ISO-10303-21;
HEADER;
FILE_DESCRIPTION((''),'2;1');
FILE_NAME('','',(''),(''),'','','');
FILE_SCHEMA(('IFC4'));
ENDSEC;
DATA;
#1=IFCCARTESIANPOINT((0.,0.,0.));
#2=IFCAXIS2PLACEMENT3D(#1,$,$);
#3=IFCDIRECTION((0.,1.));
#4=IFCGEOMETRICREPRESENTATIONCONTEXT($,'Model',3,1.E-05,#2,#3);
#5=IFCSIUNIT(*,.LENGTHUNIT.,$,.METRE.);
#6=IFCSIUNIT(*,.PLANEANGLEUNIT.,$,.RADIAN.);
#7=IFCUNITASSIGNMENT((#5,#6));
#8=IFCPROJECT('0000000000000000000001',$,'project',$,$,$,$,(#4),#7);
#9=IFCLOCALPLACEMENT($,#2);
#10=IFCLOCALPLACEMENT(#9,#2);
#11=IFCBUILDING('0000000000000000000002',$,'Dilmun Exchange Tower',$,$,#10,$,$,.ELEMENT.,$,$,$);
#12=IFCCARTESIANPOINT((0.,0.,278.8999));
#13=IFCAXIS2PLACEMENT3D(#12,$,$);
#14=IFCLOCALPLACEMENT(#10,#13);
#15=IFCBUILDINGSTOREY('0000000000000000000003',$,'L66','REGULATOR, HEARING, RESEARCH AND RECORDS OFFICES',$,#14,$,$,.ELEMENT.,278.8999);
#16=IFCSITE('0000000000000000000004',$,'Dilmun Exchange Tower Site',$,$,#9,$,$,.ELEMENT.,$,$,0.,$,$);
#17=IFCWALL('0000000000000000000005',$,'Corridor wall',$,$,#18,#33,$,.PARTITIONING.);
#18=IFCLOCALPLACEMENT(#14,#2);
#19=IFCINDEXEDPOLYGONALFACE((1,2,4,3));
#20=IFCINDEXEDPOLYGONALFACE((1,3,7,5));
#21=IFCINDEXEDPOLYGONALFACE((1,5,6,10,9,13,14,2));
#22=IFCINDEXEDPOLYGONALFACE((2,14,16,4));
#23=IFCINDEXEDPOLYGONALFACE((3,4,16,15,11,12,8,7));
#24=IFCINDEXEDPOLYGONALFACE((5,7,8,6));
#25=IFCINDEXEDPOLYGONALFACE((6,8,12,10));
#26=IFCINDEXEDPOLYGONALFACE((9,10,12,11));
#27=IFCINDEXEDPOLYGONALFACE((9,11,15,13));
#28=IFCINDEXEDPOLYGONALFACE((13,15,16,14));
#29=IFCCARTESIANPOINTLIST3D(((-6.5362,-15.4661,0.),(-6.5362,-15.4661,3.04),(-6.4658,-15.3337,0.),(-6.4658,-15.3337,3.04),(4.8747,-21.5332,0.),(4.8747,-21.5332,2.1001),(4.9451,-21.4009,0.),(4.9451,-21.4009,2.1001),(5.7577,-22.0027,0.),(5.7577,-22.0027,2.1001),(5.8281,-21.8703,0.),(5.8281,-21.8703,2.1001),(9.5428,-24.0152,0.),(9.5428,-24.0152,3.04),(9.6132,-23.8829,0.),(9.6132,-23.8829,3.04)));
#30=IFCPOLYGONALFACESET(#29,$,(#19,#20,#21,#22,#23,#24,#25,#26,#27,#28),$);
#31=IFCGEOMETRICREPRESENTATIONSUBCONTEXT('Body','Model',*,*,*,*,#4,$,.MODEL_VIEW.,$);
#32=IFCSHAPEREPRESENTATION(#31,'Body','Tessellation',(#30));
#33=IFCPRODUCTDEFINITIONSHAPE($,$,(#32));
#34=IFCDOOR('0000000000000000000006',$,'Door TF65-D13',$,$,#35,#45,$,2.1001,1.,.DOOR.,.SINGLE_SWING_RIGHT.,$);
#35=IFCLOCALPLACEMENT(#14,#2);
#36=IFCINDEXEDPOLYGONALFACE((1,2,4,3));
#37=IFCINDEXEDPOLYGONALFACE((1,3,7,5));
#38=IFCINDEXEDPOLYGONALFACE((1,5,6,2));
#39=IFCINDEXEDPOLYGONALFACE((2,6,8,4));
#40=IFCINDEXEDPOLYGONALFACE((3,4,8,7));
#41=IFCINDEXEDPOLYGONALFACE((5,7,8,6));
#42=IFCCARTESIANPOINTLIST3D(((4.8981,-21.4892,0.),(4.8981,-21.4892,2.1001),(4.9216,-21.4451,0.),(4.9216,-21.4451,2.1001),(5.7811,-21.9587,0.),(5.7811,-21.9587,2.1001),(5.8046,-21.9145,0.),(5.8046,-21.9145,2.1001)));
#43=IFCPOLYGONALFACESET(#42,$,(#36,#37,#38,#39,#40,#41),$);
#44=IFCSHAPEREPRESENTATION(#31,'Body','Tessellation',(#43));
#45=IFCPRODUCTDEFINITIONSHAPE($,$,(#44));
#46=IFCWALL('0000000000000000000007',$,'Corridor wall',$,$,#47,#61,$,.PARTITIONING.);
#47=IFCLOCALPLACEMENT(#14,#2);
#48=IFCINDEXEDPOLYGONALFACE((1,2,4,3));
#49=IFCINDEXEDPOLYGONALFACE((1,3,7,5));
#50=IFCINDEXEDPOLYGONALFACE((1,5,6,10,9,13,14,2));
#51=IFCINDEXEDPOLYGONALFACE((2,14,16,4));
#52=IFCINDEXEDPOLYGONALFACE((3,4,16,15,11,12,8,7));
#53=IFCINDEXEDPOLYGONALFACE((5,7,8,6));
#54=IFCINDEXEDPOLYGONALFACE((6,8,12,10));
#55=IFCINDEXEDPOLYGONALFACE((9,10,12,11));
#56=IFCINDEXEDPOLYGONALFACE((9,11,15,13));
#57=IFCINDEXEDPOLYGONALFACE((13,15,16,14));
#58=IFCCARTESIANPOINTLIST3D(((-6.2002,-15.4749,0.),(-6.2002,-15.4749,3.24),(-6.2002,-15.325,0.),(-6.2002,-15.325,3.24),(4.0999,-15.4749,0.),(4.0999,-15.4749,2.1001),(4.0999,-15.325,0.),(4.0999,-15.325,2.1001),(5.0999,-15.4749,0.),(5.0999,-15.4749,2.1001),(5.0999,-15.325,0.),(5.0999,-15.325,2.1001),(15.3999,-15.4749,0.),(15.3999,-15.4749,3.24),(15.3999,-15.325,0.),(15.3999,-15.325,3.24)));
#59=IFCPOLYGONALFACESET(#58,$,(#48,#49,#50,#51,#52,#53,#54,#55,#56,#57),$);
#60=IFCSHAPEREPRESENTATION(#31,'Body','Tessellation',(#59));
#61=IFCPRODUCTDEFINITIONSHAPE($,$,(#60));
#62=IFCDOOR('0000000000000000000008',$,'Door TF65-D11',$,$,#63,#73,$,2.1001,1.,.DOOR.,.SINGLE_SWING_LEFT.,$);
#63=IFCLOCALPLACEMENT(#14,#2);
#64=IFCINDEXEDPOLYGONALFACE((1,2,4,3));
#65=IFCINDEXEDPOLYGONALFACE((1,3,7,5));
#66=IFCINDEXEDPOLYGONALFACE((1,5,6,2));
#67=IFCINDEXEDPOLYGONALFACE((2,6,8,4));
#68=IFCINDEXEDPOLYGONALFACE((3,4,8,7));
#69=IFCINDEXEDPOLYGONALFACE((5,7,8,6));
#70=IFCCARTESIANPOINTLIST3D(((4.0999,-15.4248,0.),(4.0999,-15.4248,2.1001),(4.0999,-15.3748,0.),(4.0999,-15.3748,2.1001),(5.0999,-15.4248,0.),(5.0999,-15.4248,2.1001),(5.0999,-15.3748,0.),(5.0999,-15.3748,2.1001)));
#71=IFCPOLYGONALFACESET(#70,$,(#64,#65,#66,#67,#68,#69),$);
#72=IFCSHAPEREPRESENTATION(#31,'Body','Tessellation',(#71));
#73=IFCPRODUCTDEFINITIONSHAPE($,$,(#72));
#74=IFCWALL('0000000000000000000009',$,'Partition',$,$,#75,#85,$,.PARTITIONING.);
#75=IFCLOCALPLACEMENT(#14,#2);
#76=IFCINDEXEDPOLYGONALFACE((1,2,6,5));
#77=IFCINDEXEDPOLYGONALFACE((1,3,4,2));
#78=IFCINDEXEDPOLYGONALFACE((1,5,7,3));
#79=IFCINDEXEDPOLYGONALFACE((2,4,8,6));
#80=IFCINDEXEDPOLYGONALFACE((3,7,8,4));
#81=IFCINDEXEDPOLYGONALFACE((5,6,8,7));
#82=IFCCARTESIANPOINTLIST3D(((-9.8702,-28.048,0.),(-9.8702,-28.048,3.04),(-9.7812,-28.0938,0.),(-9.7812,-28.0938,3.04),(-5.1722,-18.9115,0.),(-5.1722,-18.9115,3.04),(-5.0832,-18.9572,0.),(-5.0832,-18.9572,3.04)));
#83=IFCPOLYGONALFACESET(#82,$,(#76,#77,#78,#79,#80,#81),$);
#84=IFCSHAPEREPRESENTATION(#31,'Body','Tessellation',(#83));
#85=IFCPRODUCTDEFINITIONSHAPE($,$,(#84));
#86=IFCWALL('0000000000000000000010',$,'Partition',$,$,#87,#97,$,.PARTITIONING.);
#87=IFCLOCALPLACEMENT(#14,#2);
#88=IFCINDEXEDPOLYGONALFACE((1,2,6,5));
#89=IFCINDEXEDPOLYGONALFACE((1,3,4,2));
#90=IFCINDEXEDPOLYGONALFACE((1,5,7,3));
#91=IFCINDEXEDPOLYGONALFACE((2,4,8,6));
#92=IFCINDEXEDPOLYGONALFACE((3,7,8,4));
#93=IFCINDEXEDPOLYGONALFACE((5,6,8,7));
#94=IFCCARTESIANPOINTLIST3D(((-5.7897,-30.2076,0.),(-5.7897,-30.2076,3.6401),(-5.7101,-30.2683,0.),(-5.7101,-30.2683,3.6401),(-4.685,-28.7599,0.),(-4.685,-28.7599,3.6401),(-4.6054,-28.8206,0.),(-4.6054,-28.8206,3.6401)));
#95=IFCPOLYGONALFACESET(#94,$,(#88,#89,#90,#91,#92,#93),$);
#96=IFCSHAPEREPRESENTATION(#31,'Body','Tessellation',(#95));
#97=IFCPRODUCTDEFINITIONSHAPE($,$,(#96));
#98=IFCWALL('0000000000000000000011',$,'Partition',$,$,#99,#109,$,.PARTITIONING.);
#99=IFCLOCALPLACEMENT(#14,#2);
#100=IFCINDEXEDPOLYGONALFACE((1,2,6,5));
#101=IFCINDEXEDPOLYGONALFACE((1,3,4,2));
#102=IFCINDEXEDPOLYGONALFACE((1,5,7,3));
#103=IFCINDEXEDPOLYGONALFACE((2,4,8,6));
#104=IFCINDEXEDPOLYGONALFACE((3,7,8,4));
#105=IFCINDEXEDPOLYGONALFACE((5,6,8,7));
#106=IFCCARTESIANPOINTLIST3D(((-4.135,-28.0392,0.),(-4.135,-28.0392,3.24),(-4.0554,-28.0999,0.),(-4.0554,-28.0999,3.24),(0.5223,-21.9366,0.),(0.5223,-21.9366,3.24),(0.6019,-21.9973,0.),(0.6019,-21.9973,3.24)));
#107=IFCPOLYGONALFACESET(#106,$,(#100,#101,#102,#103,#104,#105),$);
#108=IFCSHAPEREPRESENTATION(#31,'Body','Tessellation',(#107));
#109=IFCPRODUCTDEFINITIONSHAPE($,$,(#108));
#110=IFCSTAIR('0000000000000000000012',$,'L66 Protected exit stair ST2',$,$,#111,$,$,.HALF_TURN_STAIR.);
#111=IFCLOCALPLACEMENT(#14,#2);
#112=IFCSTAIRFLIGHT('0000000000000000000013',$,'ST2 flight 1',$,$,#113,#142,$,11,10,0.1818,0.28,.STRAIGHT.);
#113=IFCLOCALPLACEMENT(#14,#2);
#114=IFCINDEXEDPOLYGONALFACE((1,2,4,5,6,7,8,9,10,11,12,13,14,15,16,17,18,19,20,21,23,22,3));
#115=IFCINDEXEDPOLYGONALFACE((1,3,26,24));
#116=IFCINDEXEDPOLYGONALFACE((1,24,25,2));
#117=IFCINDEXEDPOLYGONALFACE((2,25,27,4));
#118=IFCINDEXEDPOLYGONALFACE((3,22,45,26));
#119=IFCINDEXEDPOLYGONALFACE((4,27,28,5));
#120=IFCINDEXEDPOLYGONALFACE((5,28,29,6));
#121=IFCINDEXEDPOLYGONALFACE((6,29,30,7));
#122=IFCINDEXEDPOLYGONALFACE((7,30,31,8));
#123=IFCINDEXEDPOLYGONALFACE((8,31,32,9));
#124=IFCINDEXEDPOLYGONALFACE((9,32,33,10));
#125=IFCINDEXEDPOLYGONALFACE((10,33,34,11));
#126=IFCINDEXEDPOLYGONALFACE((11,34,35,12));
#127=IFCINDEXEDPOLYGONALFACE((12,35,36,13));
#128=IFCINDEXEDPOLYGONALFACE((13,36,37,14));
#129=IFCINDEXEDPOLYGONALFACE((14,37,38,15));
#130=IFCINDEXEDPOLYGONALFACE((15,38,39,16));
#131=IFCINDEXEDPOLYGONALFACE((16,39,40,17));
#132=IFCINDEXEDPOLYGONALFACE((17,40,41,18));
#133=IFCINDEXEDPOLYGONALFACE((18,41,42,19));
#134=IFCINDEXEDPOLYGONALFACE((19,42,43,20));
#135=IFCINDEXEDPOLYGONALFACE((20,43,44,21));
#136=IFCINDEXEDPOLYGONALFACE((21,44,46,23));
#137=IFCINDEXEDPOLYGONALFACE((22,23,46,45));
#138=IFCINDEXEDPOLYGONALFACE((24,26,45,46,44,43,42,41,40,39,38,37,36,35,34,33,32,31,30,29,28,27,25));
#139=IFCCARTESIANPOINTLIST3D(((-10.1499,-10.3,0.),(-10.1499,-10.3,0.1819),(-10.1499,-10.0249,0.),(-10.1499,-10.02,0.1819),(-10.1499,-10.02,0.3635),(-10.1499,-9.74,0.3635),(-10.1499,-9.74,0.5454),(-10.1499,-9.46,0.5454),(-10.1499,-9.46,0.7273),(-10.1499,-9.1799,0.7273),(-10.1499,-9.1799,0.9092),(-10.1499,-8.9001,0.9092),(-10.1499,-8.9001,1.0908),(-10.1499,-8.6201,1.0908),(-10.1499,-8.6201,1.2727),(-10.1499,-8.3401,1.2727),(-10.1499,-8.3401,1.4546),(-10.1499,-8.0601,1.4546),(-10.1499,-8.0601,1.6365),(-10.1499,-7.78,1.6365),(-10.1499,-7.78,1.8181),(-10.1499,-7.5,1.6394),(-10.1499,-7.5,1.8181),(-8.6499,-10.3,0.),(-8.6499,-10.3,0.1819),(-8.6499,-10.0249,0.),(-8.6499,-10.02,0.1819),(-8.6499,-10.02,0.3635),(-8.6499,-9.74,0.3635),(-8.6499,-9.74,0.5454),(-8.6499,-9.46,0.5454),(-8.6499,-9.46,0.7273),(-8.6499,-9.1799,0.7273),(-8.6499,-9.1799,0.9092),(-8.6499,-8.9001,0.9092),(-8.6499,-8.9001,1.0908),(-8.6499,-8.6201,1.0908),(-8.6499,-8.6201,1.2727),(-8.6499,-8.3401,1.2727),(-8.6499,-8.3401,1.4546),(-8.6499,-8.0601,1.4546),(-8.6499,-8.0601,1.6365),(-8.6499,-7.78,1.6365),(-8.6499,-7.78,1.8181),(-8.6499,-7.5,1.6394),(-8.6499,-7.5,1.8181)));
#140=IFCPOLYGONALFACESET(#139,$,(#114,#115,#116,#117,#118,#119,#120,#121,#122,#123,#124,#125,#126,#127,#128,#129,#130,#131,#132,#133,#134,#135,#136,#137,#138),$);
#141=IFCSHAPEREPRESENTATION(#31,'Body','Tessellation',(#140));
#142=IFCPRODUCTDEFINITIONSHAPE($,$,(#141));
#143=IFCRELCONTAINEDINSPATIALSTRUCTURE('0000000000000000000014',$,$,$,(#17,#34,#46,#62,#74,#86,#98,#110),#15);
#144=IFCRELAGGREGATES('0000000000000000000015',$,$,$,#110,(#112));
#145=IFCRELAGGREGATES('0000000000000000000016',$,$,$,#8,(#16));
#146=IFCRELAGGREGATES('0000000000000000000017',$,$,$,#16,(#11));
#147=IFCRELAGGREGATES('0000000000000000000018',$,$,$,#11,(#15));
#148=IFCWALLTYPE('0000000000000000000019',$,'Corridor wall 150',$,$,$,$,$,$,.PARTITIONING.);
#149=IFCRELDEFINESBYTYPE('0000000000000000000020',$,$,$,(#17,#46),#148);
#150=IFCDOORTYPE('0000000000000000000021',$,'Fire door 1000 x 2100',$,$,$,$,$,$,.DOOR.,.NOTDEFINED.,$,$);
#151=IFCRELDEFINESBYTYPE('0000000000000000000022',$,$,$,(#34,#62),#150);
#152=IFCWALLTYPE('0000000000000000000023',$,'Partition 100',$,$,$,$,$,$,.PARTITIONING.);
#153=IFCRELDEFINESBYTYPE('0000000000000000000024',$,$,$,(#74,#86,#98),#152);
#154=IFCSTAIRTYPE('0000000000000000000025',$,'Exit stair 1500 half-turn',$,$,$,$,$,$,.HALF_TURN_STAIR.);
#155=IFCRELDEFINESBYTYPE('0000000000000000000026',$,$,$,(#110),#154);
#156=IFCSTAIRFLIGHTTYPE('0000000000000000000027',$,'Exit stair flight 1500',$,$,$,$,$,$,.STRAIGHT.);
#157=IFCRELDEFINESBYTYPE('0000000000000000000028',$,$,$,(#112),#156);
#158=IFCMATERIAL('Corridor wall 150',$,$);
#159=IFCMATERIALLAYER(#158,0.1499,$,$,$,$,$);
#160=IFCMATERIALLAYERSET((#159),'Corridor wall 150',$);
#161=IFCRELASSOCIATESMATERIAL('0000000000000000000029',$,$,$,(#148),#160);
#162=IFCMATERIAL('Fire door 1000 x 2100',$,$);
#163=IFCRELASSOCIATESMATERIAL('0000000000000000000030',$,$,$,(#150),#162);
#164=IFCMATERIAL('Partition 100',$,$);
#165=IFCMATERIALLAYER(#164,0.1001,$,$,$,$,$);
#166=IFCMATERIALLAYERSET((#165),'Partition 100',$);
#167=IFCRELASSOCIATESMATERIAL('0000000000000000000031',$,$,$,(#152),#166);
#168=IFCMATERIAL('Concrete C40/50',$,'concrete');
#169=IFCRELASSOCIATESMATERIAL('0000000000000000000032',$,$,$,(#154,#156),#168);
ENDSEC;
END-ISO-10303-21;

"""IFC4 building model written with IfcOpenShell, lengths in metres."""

from ifc_helpers import new_model, si_unit, direction, frame, frame_2d, origin, place, context, subcontext, project, spatial, polyline, rectangle, outline, extrude, material, layer, layer_set, type_object, element, fill, aggregate, save


model = new_model("IFC4")

# Units and contexts
model_context = context("Model", 3, precision=1e-05, world=origin(), true_north=direction((0.0, 1.0)))
body_context = subcontext(model_context, "Body", "Model", "MODEL_VIEW")
ifc_project = project(units=[si_unit("LENGTHUNIT", "METRE"), si_unit("PLANEANGLEUNIT", "RADIAN")], contexts=[model_context])

# Site, building, storey
site_placement = place(None, origin())
site = spatial("IfcSite", under=ifc_project, at=site_placement, Name="Dilmun Exchange Tower Site", CompositionType="ELEMENT", RefElevation=0.0)
building_placement = place(site_placement, origin())
building = spatial("IfcBuilding", under=site, at=building_placement, Name="Dilmun Exchange Tower", CompositionType="ELEMENT")
storey_placement = place(building_placement, frame((0.0, 0.0, 278.8999)))
storey = spatial("IfcBuildingStorey", under=building, at=storey_placement, Name="L66", Description="REGULATOR, HEARING, RESEARCH AND RECORDS OFFICES", CompositionType="ELEMENT", Elevation=278.8999)

# Shared definitions
ifc_material_1 = material(Name="Concrete C40/50", Category="concrete")

# Walls, openings, doors
ifc_material_2 = material(Name="Corridor wall 150")
ifc_layer_1 = layer(ifc_material_2, 0.1499)
ifc_layer_set_1 = layer_set([ifc_layer_1], Name="Corridor wall 150")
wall_type_1 = type_object("IfcWallType", Name="Corridor wall 150", PredefinedType="PARTITIONING", material=ifc_layer_set_1)
wall_1_placement = place(storey_placement, frame((-6.501, -15.3999, 0.0), z_axis=(0.0, 0.0, 1.0), x_axis=(0.882952, -0.469463, 0.0)))
wall_1 = element("IfcWall", 1, at=wall_1_placement, inside=storey, type_object=wall_type_1, Name="Corridor wall", PredefinedType="PARTITIONING", context=body_context, shape_type="SweptSolid", body=[
    extrude(rectangle(XDim=18.2104, YDim=0.1499, at=frame_2d((9.1052, 0.0))), origin(), (0.0, 0.0, 1.0), 3.04),
])
opening_1_placement = place(wall_1_placement, frame((12.9236, 0.0, 0.0)))
opening_1 = element("IfcOpeningElement", 2, at=opening_1_placement, cuts=wall_1, PredefinedType="OPENING", context=body_context, shape_type="SweptSolid", body=[
    extrude(rectangle(XDim=1.0, YDim=2.1001, at=frame_2d((0.5, 1.05))), frame((0.0, 0.085, 0.0), z_axis=(0.0, -1.0, 0.0), x_axis=(1.0, 0.0, 0.0)), (0.0, 0.0, 1.0), 0.1699),
])
ifc_material_3 = material(Name="Fire door 1000 x 2100")
door_type_1 = type_object("IfcDoorType", Name="Fire door 1000 x 2100", OperationType="NOTDEFINED", PredefinedType="DOOR", material=ifc_material_3)
door_1_placement = place(opening_1_placement, origin())
door_1 = element("IfcDoor", 3, at=door_1_placement, inside=storey, type_object=door_type_1, Name="Door TF65-D13", OperationType="SINGLE_SWING_RIGHT", OverallHeight=2.1001, OverallWidth=1.0, PredefinedType="DOOR", context=body_context, shape_type="SweptSolid", body=[
    extrude(rectangle(XDim=1.0, YDim=2.1001, at=frame_2d((0.5, 1.05))), frame((0.0, 0.0249, 0.0), z_axis=(0.0, -1.0, 0.0), x_axis=(1.0, 0.0, 0.0)), (0.0, 0.0, 1.0), 0.05),
])
fill(opening_1, door_1)
wall_2_placement = place(storey_placement, frame((-6.2002, -15.3999, 0.0), z_axis=(0.0, 0.0, 1.0), x_axis=(1.0, 0.0, 0.0)))
wall_2 = element("IfcWall", 4, at=wall_2_placement, inside=storey, type_object=wall_type_1, Name="Corridor wall", PredefinedType="PARTITIONING", context=body_context, shape_type="SweptSolid", body=[
    extrude(rectangle(XDim=21.6001, YDim=0.1499, at=frame_2d((10.8, 0.0))), origin(), (0.0, 0.0, 1.0), 3.24),
])
opening_2_placement = place(wall_2_placement, frame((10.3, 0.0, 0.0)))
opening_2 = element("IfcOpeningElement", 5, at=opening_2_placement, cuts=wall_2, PredefinedType="OPENING", context=body_context, shape_type="SweptSolid", body=[
    extrude(rectangle(XDim=1.0, YDim=2.1001, at=frame_2d((0.5, 1.05))), frame((0.0, 0.085, 0.0), z_axis=(0.0, -1.0, 0.0), x_axis=(1.0, 0.0, 0.0)), (0.0, 0.0, 1.0), 0.1699),
])
door_2_placement = place(opening_2_placement, frame((1.0, 0.0, 0.0), z_axis=(0.0, 0.0, 1.0), x_axis=(-1.0, 0.0, 0.0)))
door_2 = element("IfcDoor", 6, at=door_2_placement, inside=storey, type_object=door_type_1, Name="Door TF65-D11", OperationType="SINGLE_SWING_LEFT", OverallHeight=2.1001, OverallWidth=1.0, PredefinedType="DOOR", context=body_context, shape_type="SweptSolid", body=[
    extrude(rectangle(XDim=1.0, YDim=2.1001, at=frame_2d((0.5, 1.05))), frame((0.0, 0.0249, 0.0), z_axis=(0.0, -1.0, 0.0), x_axis=(1.0, 0.0, 0.0)), (0.0, 0.0, 1.0), 0.05),
])
fill(opening_2, door_2)

# Walls
ifc_material_4 = material(Name="Partition 100")
ifc_layer_2 = layer(ifc_material_4, 0.1001)
ifc_layer_set_2 = layer_set([ifc_layer_2], Name="Partition 100")
wall_type_2 = type_object("IfcWallType", Name="Partition 100", PredefinedType="PARTITIONING", material=ifc_layer_set_2)
wall_3_placement = place(storey_placement, frame((-9.8257, -28.0708, 0.0), z_axis=(0.0, 0.0, 1.0), x_axis=(0.457289, 0.889318, 0.0)))
element("IfcWall", 7, at=wall_3_placement, inside=storey, type_object=wall_type_2, Name="Partition", PredefinedType="PARTITIONING", context=body_context, shape_type="SweptSolid", body=[
    extrude(rectangle(XDim=10.2737, YDim=0.1001, at=frame_2d((5.1367, 0.0))), origin(), (0.0, 0.0, 1.0), 3.04),
])
wall_4_placement = place(storey_placement, frame((-5.75, -30.238, 0.0), z_axis=(0.0, 0.0, 1.0), x_axis=(0.606629, 0.794985, 0.0)))
element("IfcWall", 8, at=wall_4_placement, inside=storey, type_object=wall_type_2, Name="Partition", PredefinedType="PARTITIONING", context=body_context, shape_type="SweptSolid", body=[
    extrude(rectangle(XDim=1.821, YDim=0.1001, at=frame_2d((0.9106, 0.0))), origin(), (0.0, 0.0, 1.0), 3.6401),
])
wall_5_placement = place(storey_placement, frame((-4.0952, -28.0696, 0.0), z_axis=(0.0, 0.0, 1.0), x_axis=(0.606675, 0.79495, 0.0)))
element("IfcWall", 9, at=wall_5_placement, inside=storey, type_object=wall_type_2, Name="Partition", PredefinedType="PARTITIONING", context=body_context, shape_type="SweptSolid", body=[
    extrude(rectangle(XDim=7.6768, YDim=0.1001, at=frame_2d((3.8384, 0.0))), origin(), (0.0, 0.0, 1.0), 3.24),
])

# Stair, stair flight
stair_type = type_object("IfcStairType", Name="Exit stair 1500 half-turn", PredefinedType="HALF_TURN_STAIR", material=ifc_material_1)
stair_placement = place(storey_placement, origin())
stair = element("IfcStair", 10, at=stair_placement, inside=storey, type_object=stair_type, Name="L66 Protected exit stair ST2", PredefinedType="HALF_TURN_STAIR")
stair_flight_type = type_object("IfcStairFlightType", Name="Exit stair flight 1500", PredefinedType="STRAIGHT", material=ifc_material_1)
stair_flight_placement = place(storey_placement, frame((-9.3999, -10.3, 0.0), z_axis=(0.0, 0.0, 1.0), x_axis=(0.0, 1.0, 0.0)))
stair_flight = element("IfcStairFlight", 11, at=stair_flight_placement, type_object=stair_flight_type, Name="ST2 flight 1", NumberOfRisers=11, NumberOfTreads=10, PredefinedType="STRAIGHT", RiserHeight=0.1818, TreadLength=0.28, context=body_context, shape_type="SweptSolid", body=[
    extrude(outline(polyline([(0.0, 0.0), (0.0, 0.1819), (0.28, 0.1819), (0.28, 0.3635), (0.5601, 0.3635), (0.5601, 0.5454), (0.8401, 0.5454), (0.8401, 0.7273), (1.1201, 0.7273), (1.1201, 0.9092), (1.3999, 0.9092), (1.3999, 1.0908), (1.6799, 1.0908), (1.6799, 1.2727), (1.96, 1.2727), (1.96, 1.4546), (2.24, 1.4546), (2.24, 1.6365), (2.52, 1.6365), (2.52, 1.8181), (2.8, 1.8181), (2.8, 2.0), (2.8, 1.6394), (0.2751, 0.0), (0.0, 0.0)])), frame((0.0, 0.75, 0.0), z_axis=(0.0, -1.0, 0.0), x_axis=(1.0, 0.0, 0.0)), (0.0, 0.0, 1.0), 1.5),
])
aggregate(stair, [stair_flight])

save(model, "model.ifc")
